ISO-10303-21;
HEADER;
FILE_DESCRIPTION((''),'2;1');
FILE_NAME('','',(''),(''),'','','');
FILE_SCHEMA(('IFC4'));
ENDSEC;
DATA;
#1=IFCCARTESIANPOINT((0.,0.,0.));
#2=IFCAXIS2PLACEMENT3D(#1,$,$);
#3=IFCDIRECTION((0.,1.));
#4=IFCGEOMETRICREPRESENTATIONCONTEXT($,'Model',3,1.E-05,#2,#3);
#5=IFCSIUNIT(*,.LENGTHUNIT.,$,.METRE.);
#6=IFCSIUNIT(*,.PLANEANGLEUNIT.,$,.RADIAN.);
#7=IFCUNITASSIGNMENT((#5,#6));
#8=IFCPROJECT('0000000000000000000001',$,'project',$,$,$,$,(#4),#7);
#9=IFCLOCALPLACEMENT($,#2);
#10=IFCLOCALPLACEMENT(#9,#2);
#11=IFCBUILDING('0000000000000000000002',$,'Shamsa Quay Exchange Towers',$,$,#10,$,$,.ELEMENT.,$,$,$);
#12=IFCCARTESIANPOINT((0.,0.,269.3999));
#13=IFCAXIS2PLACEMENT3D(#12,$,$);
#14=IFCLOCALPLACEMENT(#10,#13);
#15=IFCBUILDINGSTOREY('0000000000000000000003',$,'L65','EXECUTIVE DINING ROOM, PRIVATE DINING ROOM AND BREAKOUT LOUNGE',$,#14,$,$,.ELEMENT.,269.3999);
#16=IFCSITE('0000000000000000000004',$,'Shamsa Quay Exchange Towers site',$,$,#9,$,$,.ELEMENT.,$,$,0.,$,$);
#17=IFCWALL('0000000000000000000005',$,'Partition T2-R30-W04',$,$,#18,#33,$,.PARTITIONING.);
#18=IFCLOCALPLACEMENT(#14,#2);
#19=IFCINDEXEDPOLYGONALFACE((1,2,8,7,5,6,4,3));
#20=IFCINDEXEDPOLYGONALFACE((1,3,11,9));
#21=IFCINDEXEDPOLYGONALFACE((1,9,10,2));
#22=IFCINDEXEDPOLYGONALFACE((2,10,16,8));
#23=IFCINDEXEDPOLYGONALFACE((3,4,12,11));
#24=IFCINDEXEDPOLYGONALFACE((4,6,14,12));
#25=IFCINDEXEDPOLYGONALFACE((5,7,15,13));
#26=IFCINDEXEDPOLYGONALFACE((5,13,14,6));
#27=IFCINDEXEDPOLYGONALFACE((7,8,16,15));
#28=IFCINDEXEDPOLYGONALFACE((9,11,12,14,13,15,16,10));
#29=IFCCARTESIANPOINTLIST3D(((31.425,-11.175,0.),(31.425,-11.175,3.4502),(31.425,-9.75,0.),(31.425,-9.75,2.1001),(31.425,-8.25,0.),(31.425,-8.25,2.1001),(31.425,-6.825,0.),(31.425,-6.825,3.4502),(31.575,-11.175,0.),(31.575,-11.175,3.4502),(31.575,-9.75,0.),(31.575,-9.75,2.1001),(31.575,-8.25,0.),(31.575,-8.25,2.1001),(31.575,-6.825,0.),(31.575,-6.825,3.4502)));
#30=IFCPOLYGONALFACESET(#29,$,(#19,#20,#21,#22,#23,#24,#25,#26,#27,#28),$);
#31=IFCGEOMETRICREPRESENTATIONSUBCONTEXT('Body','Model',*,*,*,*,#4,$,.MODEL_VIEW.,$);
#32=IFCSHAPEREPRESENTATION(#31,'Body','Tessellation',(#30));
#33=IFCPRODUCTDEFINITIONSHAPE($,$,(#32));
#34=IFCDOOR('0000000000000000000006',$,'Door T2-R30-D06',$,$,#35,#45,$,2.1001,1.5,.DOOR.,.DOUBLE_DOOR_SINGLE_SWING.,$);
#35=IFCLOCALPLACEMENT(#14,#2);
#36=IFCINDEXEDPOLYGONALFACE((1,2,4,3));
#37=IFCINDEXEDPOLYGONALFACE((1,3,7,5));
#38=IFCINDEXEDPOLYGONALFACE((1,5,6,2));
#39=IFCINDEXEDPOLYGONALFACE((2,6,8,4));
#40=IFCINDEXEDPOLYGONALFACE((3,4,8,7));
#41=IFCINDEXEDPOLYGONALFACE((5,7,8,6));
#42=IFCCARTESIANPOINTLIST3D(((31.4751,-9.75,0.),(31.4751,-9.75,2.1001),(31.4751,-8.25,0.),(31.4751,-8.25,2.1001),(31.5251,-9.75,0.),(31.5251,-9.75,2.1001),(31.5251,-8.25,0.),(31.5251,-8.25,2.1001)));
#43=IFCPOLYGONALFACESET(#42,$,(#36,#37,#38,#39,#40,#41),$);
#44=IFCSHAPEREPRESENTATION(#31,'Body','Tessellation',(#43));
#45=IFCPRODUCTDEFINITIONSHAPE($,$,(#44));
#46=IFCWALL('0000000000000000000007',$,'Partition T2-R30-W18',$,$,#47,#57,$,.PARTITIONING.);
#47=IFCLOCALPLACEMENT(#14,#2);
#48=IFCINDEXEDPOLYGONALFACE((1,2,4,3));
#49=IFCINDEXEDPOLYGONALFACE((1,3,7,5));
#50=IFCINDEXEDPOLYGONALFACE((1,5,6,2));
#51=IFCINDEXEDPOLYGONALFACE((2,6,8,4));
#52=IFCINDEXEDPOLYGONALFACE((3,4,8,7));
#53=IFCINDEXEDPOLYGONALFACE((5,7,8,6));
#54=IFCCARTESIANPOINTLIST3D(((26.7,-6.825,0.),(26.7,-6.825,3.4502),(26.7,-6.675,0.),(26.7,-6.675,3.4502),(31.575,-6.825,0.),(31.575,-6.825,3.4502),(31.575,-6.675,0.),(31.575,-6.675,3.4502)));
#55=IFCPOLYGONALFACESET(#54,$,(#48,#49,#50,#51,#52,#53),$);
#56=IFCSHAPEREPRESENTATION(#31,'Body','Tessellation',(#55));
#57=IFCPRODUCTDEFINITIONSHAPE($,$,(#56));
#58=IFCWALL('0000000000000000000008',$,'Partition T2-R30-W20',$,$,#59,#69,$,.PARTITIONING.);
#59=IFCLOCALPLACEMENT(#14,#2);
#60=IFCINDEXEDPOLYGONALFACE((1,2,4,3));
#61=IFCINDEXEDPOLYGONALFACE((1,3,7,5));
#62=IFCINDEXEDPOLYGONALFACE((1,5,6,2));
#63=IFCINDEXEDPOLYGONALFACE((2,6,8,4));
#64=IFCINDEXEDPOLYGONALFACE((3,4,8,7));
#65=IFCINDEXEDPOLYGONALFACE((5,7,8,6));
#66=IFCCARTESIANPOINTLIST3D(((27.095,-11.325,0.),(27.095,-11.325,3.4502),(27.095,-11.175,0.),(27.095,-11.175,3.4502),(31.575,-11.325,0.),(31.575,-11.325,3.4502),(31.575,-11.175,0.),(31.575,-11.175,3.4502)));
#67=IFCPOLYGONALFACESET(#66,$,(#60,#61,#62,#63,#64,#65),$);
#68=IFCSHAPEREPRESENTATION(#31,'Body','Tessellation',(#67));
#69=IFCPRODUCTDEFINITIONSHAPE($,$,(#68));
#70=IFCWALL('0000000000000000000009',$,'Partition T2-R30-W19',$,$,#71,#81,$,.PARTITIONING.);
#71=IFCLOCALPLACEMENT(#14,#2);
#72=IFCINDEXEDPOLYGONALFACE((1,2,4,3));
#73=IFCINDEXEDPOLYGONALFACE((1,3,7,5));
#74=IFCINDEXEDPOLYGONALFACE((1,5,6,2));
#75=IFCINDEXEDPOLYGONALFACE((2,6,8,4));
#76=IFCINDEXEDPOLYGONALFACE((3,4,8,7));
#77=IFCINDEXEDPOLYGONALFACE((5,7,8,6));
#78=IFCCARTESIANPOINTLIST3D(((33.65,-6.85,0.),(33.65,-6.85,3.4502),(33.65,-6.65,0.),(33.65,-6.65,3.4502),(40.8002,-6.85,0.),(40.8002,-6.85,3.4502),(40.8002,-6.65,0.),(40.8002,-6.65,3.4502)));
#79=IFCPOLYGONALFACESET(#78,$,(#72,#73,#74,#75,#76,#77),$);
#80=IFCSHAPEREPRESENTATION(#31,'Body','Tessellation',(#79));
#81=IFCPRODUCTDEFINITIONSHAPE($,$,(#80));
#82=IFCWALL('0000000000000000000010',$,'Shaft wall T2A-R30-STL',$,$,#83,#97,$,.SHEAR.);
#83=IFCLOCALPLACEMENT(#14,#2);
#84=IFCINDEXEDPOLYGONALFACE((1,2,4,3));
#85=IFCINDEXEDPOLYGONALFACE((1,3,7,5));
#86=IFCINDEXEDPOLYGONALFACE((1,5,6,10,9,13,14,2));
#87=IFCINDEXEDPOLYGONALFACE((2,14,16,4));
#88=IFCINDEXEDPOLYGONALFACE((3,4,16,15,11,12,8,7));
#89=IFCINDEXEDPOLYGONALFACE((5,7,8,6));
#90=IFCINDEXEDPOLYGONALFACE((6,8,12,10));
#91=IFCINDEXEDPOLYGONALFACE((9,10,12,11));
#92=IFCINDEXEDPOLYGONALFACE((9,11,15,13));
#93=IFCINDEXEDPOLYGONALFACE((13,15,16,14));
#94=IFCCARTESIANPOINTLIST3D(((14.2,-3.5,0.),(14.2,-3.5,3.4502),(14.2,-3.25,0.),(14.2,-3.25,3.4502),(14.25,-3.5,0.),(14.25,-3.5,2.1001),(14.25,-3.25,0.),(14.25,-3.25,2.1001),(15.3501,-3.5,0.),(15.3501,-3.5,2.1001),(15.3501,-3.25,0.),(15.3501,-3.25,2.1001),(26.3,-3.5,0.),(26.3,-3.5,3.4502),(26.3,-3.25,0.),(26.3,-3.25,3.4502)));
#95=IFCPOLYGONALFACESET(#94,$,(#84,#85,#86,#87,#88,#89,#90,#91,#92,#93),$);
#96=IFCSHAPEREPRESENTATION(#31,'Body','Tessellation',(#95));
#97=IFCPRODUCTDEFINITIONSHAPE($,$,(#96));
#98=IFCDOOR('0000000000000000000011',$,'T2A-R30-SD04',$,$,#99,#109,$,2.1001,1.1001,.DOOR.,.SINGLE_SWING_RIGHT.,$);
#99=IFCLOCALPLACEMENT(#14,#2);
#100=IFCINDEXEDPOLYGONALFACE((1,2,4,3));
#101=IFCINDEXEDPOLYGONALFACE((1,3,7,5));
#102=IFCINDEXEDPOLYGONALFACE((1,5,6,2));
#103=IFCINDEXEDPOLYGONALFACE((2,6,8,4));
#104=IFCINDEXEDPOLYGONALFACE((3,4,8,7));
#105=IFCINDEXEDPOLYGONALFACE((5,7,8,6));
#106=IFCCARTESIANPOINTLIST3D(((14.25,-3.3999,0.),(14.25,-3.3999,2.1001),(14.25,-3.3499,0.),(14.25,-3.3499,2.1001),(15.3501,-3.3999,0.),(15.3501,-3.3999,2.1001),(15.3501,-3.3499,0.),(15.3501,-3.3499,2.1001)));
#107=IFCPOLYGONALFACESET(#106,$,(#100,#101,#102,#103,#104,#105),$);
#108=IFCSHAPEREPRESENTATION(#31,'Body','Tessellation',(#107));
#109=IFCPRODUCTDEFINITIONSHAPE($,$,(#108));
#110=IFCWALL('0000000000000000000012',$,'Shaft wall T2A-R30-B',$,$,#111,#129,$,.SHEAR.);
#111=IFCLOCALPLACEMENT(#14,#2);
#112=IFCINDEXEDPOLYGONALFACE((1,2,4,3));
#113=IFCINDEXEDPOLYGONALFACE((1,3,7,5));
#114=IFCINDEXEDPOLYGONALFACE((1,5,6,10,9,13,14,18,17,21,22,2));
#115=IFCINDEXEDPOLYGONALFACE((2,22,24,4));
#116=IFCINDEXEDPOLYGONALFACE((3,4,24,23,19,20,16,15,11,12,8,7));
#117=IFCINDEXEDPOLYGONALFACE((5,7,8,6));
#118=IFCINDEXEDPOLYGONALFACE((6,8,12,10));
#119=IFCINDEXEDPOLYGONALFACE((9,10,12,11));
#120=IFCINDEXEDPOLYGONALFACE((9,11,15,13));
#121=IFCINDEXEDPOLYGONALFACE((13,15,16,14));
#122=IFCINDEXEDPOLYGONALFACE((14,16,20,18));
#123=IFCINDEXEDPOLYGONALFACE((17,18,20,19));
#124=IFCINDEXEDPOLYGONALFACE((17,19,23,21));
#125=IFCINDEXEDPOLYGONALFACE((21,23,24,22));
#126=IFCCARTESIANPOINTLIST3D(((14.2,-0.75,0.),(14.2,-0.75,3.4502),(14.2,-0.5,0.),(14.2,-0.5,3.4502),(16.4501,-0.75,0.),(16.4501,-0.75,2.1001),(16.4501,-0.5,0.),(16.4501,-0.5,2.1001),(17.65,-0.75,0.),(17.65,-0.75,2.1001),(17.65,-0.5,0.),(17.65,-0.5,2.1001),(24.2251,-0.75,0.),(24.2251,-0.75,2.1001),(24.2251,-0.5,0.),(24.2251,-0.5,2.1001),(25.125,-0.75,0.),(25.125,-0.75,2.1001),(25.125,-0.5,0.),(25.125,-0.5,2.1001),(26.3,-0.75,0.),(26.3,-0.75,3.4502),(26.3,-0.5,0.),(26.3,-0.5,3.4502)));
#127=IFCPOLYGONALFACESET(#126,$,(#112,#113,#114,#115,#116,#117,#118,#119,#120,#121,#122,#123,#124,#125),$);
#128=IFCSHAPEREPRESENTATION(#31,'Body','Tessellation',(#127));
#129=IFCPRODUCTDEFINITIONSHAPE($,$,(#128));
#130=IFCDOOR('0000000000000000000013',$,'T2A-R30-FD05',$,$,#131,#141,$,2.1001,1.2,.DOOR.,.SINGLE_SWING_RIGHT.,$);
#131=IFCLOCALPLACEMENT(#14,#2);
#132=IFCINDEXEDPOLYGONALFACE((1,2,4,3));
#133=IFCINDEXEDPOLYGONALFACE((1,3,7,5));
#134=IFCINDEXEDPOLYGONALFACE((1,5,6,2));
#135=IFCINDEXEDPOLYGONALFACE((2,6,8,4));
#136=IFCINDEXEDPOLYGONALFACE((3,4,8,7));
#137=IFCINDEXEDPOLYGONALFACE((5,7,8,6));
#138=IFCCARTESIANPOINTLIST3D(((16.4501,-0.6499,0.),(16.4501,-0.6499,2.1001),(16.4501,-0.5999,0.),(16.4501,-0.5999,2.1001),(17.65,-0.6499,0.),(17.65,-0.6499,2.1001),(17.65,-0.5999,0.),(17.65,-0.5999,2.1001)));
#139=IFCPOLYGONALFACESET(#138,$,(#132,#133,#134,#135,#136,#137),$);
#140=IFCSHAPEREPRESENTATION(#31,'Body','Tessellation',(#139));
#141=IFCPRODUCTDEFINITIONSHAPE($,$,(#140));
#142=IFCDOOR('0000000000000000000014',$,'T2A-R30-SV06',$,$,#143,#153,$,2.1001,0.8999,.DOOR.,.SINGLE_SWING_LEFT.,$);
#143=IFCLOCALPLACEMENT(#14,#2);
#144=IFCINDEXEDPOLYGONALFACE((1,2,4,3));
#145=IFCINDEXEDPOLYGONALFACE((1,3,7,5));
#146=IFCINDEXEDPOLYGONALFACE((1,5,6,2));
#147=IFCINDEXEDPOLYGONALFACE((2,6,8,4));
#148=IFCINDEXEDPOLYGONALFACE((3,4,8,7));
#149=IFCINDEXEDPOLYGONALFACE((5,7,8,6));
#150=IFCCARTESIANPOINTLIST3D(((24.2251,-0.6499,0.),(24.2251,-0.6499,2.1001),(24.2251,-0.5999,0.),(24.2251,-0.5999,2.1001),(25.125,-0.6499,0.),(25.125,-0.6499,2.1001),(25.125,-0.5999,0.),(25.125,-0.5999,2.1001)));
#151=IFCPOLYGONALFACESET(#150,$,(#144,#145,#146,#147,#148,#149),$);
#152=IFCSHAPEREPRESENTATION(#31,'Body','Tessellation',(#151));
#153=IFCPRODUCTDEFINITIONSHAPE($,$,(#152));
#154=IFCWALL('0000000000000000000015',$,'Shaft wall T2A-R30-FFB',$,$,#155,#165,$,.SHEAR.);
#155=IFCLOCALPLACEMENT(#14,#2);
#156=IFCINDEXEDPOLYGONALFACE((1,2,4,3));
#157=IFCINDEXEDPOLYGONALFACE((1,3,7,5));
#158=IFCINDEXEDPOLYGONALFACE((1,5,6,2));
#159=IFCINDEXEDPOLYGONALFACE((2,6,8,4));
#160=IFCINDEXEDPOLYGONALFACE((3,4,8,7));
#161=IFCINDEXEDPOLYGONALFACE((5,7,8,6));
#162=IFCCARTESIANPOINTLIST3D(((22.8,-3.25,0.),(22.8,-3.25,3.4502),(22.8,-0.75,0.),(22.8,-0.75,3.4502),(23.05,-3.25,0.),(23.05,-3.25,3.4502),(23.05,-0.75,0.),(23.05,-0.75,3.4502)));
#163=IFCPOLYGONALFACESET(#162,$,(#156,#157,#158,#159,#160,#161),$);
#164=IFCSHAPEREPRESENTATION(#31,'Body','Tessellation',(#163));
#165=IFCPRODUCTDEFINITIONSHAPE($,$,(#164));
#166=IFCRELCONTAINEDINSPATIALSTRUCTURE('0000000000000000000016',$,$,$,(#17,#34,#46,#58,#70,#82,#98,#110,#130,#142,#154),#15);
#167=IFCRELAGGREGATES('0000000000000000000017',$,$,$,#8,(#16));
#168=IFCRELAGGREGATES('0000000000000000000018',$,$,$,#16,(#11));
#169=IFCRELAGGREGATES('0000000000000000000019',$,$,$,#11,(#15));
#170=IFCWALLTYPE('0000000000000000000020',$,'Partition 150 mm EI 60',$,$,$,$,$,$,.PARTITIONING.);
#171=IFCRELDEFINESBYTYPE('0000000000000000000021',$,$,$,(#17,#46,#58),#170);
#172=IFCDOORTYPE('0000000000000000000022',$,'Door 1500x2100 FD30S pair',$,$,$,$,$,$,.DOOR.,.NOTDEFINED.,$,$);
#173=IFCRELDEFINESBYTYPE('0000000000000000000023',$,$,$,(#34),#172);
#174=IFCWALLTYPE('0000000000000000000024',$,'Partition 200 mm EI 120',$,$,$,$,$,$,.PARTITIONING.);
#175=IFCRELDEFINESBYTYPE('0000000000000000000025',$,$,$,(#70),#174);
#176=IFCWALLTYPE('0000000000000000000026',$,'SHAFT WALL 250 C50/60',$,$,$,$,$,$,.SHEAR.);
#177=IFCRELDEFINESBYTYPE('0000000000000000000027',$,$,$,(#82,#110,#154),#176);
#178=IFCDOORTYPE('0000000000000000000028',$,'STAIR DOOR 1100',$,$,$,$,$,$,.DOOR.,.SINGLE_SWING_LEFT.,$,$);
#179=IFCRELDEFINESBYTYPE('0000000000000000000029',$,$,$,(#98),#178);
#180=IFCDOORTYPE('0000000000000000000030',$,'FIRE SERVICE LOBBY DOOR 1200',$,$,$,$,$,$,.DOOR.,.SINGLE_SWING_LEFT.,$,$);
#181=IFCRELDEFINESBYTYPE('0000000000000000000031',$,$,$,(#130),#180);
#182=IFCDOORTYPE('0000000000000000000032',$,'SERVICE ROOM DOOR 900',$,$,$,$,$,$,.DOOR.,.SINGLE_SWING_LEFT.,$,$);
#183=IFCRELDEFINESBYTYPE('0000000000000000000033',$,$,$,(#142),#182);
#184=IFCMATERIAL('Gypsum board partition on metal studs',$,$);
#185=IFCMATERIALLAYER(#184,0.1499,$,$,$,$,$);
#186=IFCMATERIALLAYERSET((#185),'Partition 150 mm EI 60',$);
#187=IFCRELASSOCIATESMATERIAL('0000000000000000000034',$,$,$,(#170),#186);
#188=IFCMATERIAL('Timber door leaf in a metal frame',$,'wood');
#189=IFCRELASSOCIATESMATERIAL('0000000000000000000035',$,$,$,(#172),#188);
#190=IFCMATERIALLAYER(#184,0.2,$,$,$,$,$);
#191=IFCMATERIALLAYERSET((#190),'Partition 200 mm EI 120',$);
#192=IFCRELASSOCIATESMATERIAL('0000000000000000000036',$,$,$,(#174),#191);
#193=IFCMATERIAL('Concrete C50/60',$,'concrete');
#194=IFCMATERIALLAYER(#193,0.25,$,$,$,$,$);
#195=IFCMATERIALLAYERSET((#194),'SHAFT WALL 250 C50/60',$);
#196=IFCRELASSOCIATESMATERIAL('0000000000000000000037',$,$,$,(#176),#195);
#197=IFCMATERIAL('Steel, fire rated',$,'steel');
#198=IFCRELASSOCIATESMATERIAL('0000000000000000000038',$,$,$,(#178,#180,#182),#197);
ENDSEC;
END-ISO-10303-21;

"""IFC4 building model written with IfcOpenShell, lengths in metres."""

from ifc_helpers import new_model, si_unit, direction, frame, frame_2d, origin, place, context, subcontext, project, spatial, rectangle, extrude, material, layer, layer_set, type_object, element, fill, save


model = new_model("IFC4")

# Units and contexts
model_context = context("Model", 3, precision=1e-05, world=origin(), true_north=direction((0.0, 1.0)))
body_context = subcontext(model_context, "Body", "Model", "MODEL_VIEW")
ifc_project = project(units=[si_unit("LENGTHUNIT", "METRE"), si_unit("PLANEANGLEUNIT", "RADIAN")], contexts=[model_context])

# Site, building, storey
site_placement = place(None, origin())
site = spatial("IfcSite", under=ifc_project, at=site_placement, Name="Shamsa Quay Exchange Towers site", CompositionType="ELEMENT", RefElevation=0.0)
building_placement = place(site_placement, origin())
building = spatial("IfcBuilding", under=site, at=building_placement, Name="Shamsa Quay Exchange Towers", CompositionType="ELEMENT")
storey_placement = place(building_placement, frame((0.0, 0.0, 269.3999)))
storey = spatial("IfcBuildingStorey", under=building, at=storey_placement, Name="L65", Description="EXECUTIVE DINING ROOM, PRIVATE DINING ROOM AND BREAKOUT LOUNGE", CompositionType="ELEMENT", Elevation=269.3999)

# Shared definitions
ifc_material_1 = material(Name="Gypsum board partition on metal studs")
ifc_material_2 = material(Name="Timber door leaf in a metal frame", Category="wood")

# Wall, opening, door
ifc_layer_1 = layer(ifc_material_1, 0.1499)
ifc_layer_set_1 = layer_set([ifc_layer_1], Name="Partition 150 mm EI 60")
wall_type_1 = type_object("IfcWallType", Name="Partition 150 mm EI 60", PredefinedType="PARTITIONING", material=ifc_layer_set_1)
wall_1_placement = place(storey_placement, frame((31.5, -11.175, 0.0), z_axis=(0.0, 0.0, 1.0), x_axis=(0.0, 1.0, 0.0)))
wall_1 = element("IfcWall", 1, at=wall_1_placement, inside=storey, type_object=wall_type_1, Name="Partition T2-R30-W04", PredefinedType="PARTITIONING", context=body_context, shape_type="SweptSolid", body=[
    extrude(rectangle(XDim=4.3501, YDim=0.1499, at=frame_2d((2.175, 0.0))), origin(), (0.0, 0.0, 1.0), 3.4502),
])
opening_1_placement = place(wall_1_placement, frame((1.425, 0.0, 0.0)))
opening_1 = element("IfcOpeningElement", 2, at=opening_1_placement, cuts=wall_1, PredefinedType="OPENING", context=body_context, shape_type="SweptSolid", body=[
    extrude(rectangle(XDim=1.5, YDim=2.1001, at=frame_2d((0.75, 1.05))), frame((0.0, 0.085, 0.0), z_axis=(0.0, -1.0, 0.0), x_axis=(1.0, 0.0, 0.0)), (0.0, 0.0, 1.0), 0.1699),
])
door_type_1 = type_object("IfcDoorType", Name="Door 1500x2100 FD30S pair", OperationType="NOTDEFINED", PredefinedType="DOOR", material=ifc_material_2)
door_1_placement = place(opening_1_placement, origin())
door_1 = element("IfcDoor", 3, at=door_1_placement, inside=storey, type_object=door_type_1, Name="Door T2-R30-D06", OperationType="DOUBLE_DOOR_SINGLE_SWING", OverallHeight=2.1001, OverallWidth=1.5, PredefinedType="DOOR", context=body_context, shape_type="SweptSolid", body=[
    extrude(rectangle(XDim=1.5, YDim=2.1001, at=frame_2d((0.75, 1.05))), frame((0.0, 0.0249, 0.0), z_axis=(0.0, -1.0, 0.0), x_axis=(1.0, 0.0, 0.0)), (0.0, 0.0, 1.0), 0.05),
])
fill(opening_1, door_1)

# Walls
wall_2_placement = place(storey_placement, frame((26.7, -6.75, 0.0)))
element("IfcWall", 4, at=wall_2_placement, inside=storey, type_object=wall_type_1, Name="Partition T2-R30-W18", PredefinedType="PARTITIONING", context=body_context, shape_type="SweptSolid", body=[
    extrude(rectangle(XDim=4.875, YDim=0.1499, at=frame_2d((2.4375, 0.0))), origin(), (0.0, 0.0, 1.0), 3.4502),
])
wall_3_placement = place(storey_placement, frame((27.095, -11.25, 0.0)))
element("IfcWall", 5, at=wall_3_placement, inside=storey, type_object=wall_type_1, Name="Partition T2-R30-W20", PredefinedType="PARTITIONING", context=body_context, shape_type="SweptSolid", body=[
    extrude(rectangle(XDim=4.48, YDim=0.1499, at=frame_2d((2.24, 0.0))), origin(), (0.0, 0.0, 1.0), 3.4502),
])
ifc_layer_2 = layer(ifc_material_1, 0.2)
ifc_layer_set_2 = layer_set([ifc_layer_2], Name="Partition 200 mm EI 120")
wall_type_2 = type_object("IfcWallType", Name="Partition 200 mm EI 120", PredefinedType="PARTITIONING", material=ifc_layer_set_2)
wall_4_placement = place(storey_placement, frame((33.6499, -6.75, 0.0)))
element("IfcWall", 6, at=wall_4_placement, inside=storey, type_object=wall_type_2, Name="Partition T2-R30-W19", PredefinedType="PARTITIONING", context=body_context, shape_type="SweptSolid", body=[
    extrude(rectangle(XDim=7.1501, YDim=0.2, at=frame_2d((3.5752, 0.0))), origin(), (0.0, 0.0, 1.0), 3.4502),
])

# Wall, opening, door
ifc_material_3 = material(Name="Concrete C50/60", Category="concrete")
ifc_layer_3 = layer(ifc_material_3, 0.25)
ifc_layer_set_3 = layer_set([ifc_layer_3], Name="SHAFT WALL 250 C50/60")
wall_type_3 = type_object("IfcWallType", Name="SHAFT WALL 250 C50/60", PredefinedType="SHEAR", material=ifc_layer_set_3)
wall_5_placement = place(storey_placement, frame((26.3, -3.375, 0.0), z_axis=(0.0, 0.0, 1.0), x_axis=(-1.0, 0.0, 0.0)))
wall_5 = element("IfcWall", 7, at=wall_5_placement, inside=storey, type_object=wall_type_3, Name="Shaft wall T2A-R30-STL", PredefinedType="SHEAR", context=body_context, shape_type="SweptSolid", body=[
    extrude(rectangle(XDim=12.1001, YDim=0.25, at=frame_2d((6.05, 0.0))), origin(), (0.0, 0.0, 1.0), 3.4502),
])
opening_2_placement = place(wall_5_placement, frame((10.95, 0.0, 0.0)))
opening_2 = element("IfcOpeningElement", 8, at=opening_2_placement, cuts=wall_5, PredefinedType="OPENING", context=body_context, shape_type="SweptSolid", body=[
    extrude(rectangle(XDim=1.1001, YDim=2.1001, at=frame_2d((0.55, 1.05))), frame((0.0, 0.135, 0.0), z_axis=(0.0, -1.0, 0.0), x_axis=(1.0, 0.0, 0.0)), (0.0, 0.0, 1.0), 0.27),
])
ifc_material_4 = material(Name="Steel, fire rated", Category="steel")
door_type_2 = type_object("IfcDoorType", Name="STAIR DOOR 1100", OperationType="SINGLE_SWING_LEFT", PredefinedType="DOOR", material=ifc_material_4)
door_2_placement = place(opening_2_placement, origin())
door_2 = element("IfcDoor", 9, at=door_2_placement, inside=storey, type_object=door_type_2, Name="T2A-R30-SD04", OperationType="SINGLE_SWING_RIGHT", OverallHeight=2.1001, OverallWidth=1.1001, PredefinedType="DOOR", context=body_context, shape_type="SweptSolid", body=[
    extrude(rectangle(XDim=1.1001, YDim=2.1001, at=frame_2d((0.55, 1.05))), frame((0.0, 0.0249, 0.0), z_axis=(0.0, -1.0, 0.0), x_axis=(1.0, 0.0, 0.0)), (0.0, 0.0, 1.0), 0.05),
])
fill(opening_2, door_2)

# Wall, openings, doors
wall_6_placement = place(storey_placement, frame((26.3, -0.625, 0.0), z_axis=(0.0, 0.0, 1.0), x_axis=(-1.0, 0.0, 0.0)))
wall_6 = element("IfcWall", 10, at=wall_6_placement, inside=storey, type_object=wall_type_3, Name="Shaft wall T2A-R30-B", PredefinedType="SHEAR", context=body_context, shape_type="SweptSolid", body=[
    extrude(rectangle(XDim=12.1001, YDim=0.25, at=frame_2d((6.05, 0.0))), origin(), (0.0, 0.0, 1.0), 3.4502),
])
opening_3_placement = place(wall_6_placement, frame((8.6499, 0.0, 0.0)))
opening_3 = element("IfcOpeningElement", 11, at=opening_3_placement, cuts=wall_6, PredefinedType="OPENING", context=body_context, shape_type="SweptSolid", body=[
    extrude(rectangle(XDim=1.2, YDim=2.1001, at=frame_2d((0.6001, 1.05))), frame((0.0, 0.135, 0.0), z_axis=(0.0, -1.0, 0.0), x_axis=(1.0, 0.0, 0.0)), (0.0, 0.0, 1.0), 0.27),
])
opening_4_placement = place(wall_6_placement, frame((1.175, 0.0, 0.0)))
opening_4 = element("IfcOpeningElement", 12, at=opening_4_placement, cuts=wall_6, PredefinedType="OPENING", context=body_context, shape_type="SweptSolid", body=[
    extrude(rectangle(XDim=0.8999, YDim=2.1001, at=frame_2d((0.45, 1.05))), frame((0.0, 0.135, 0.0), z_axis=(0.0, -1.0, 0.0), x_axis=(1.0, 0.0, 0.0)), (0.0, 0.0, 1.0), 0.27),
])
door_type_3 = type_object("IfcDoorType", Name="FIRE SERVICE LOBBY DOOR 1200", OperationType="SINGLE_SWING_LEFT", PredefinedType="DOOR", material=ifc_material_4)
door_3_placement = place(opening_3_placement, origin())
door_3 = element("IfcDoor", 13, at=door_3_placement, inside=storey, type_object=door_type_3, Name="T2A-R30-FD05", OperationType="SINGLE_SWING_RIGHT", OverallHeight=2.1001, OverallWidth=1.2, PredefinedType="DOOR", context=body_context, shape_type="SweptSolid", body=[
    extrude(rectangle(XDim=1.2, YDim=2.1001, at=frame_2d((0.6001, 1.05))), frame((0.0, 0.0249, 0.0), z_axis=(0.0, -1.0, 0.0), x_axis=(1.0, 0.0, 0.0)), (0.0, 0.0, 1.0), 0.05),
])
fill(opening_3, door_3)
door_type_4 = type_object("IfcDoorType", Name="SERVICE ROOM DOOR 900", OperationType="SINGLE_SWING_LEFT", PredefinedType="DOOR", material=ifc_material_4)
door_4_placement = place(opening_4_placement, origin())
door_4 = element("IfcDoor", 14, at=door_4_placement, inside=storey, type_object=door_type_4, Name="T2A-R30-SV06", OperationType="SINGLE_SWING_LEFT", OverallHeight=2.1001, OverallWidth=0.8999, PredefinedType="DOOR", context=body_context, shape_type="SweptSolid", body=[
    extrude(rectangle(XDim=0.8999, YDim=2.1001, at=frame_2d((0.45, 1.05))), frame((0.0, 0.0249, 0.0), z_axis=(0.0, -1.0, 0.0), x_axis=(1.0, 0.0, 0.0)), (0.0, 0.0, 1.0), 0.05),
])
fill(opening_4, door_4)

# Wall
wall_7_placement = place(storey_placement, frame((22.925, -3.25, 0.0), z_axis=(0.0, 0.0, 1.0), x_axis=(0.0, 1.0, 0.0)))
element("IfcWall", 15, at=wall_7_placement, inside=storey, type_object=wall_type_3, Name="Shaft wall T2A-R30-FFB", PredefinedType="SHEAR", context=body_context, shape_type="SweptSolid", body=[
    extrude(rectangle(XDim=2.5, YDim=0.25, at=frame_2d((1.25, 0.0))), origin(), (0.0, 0.0, 1.0), 3.4502),
])

save(model, "model.ifc")
